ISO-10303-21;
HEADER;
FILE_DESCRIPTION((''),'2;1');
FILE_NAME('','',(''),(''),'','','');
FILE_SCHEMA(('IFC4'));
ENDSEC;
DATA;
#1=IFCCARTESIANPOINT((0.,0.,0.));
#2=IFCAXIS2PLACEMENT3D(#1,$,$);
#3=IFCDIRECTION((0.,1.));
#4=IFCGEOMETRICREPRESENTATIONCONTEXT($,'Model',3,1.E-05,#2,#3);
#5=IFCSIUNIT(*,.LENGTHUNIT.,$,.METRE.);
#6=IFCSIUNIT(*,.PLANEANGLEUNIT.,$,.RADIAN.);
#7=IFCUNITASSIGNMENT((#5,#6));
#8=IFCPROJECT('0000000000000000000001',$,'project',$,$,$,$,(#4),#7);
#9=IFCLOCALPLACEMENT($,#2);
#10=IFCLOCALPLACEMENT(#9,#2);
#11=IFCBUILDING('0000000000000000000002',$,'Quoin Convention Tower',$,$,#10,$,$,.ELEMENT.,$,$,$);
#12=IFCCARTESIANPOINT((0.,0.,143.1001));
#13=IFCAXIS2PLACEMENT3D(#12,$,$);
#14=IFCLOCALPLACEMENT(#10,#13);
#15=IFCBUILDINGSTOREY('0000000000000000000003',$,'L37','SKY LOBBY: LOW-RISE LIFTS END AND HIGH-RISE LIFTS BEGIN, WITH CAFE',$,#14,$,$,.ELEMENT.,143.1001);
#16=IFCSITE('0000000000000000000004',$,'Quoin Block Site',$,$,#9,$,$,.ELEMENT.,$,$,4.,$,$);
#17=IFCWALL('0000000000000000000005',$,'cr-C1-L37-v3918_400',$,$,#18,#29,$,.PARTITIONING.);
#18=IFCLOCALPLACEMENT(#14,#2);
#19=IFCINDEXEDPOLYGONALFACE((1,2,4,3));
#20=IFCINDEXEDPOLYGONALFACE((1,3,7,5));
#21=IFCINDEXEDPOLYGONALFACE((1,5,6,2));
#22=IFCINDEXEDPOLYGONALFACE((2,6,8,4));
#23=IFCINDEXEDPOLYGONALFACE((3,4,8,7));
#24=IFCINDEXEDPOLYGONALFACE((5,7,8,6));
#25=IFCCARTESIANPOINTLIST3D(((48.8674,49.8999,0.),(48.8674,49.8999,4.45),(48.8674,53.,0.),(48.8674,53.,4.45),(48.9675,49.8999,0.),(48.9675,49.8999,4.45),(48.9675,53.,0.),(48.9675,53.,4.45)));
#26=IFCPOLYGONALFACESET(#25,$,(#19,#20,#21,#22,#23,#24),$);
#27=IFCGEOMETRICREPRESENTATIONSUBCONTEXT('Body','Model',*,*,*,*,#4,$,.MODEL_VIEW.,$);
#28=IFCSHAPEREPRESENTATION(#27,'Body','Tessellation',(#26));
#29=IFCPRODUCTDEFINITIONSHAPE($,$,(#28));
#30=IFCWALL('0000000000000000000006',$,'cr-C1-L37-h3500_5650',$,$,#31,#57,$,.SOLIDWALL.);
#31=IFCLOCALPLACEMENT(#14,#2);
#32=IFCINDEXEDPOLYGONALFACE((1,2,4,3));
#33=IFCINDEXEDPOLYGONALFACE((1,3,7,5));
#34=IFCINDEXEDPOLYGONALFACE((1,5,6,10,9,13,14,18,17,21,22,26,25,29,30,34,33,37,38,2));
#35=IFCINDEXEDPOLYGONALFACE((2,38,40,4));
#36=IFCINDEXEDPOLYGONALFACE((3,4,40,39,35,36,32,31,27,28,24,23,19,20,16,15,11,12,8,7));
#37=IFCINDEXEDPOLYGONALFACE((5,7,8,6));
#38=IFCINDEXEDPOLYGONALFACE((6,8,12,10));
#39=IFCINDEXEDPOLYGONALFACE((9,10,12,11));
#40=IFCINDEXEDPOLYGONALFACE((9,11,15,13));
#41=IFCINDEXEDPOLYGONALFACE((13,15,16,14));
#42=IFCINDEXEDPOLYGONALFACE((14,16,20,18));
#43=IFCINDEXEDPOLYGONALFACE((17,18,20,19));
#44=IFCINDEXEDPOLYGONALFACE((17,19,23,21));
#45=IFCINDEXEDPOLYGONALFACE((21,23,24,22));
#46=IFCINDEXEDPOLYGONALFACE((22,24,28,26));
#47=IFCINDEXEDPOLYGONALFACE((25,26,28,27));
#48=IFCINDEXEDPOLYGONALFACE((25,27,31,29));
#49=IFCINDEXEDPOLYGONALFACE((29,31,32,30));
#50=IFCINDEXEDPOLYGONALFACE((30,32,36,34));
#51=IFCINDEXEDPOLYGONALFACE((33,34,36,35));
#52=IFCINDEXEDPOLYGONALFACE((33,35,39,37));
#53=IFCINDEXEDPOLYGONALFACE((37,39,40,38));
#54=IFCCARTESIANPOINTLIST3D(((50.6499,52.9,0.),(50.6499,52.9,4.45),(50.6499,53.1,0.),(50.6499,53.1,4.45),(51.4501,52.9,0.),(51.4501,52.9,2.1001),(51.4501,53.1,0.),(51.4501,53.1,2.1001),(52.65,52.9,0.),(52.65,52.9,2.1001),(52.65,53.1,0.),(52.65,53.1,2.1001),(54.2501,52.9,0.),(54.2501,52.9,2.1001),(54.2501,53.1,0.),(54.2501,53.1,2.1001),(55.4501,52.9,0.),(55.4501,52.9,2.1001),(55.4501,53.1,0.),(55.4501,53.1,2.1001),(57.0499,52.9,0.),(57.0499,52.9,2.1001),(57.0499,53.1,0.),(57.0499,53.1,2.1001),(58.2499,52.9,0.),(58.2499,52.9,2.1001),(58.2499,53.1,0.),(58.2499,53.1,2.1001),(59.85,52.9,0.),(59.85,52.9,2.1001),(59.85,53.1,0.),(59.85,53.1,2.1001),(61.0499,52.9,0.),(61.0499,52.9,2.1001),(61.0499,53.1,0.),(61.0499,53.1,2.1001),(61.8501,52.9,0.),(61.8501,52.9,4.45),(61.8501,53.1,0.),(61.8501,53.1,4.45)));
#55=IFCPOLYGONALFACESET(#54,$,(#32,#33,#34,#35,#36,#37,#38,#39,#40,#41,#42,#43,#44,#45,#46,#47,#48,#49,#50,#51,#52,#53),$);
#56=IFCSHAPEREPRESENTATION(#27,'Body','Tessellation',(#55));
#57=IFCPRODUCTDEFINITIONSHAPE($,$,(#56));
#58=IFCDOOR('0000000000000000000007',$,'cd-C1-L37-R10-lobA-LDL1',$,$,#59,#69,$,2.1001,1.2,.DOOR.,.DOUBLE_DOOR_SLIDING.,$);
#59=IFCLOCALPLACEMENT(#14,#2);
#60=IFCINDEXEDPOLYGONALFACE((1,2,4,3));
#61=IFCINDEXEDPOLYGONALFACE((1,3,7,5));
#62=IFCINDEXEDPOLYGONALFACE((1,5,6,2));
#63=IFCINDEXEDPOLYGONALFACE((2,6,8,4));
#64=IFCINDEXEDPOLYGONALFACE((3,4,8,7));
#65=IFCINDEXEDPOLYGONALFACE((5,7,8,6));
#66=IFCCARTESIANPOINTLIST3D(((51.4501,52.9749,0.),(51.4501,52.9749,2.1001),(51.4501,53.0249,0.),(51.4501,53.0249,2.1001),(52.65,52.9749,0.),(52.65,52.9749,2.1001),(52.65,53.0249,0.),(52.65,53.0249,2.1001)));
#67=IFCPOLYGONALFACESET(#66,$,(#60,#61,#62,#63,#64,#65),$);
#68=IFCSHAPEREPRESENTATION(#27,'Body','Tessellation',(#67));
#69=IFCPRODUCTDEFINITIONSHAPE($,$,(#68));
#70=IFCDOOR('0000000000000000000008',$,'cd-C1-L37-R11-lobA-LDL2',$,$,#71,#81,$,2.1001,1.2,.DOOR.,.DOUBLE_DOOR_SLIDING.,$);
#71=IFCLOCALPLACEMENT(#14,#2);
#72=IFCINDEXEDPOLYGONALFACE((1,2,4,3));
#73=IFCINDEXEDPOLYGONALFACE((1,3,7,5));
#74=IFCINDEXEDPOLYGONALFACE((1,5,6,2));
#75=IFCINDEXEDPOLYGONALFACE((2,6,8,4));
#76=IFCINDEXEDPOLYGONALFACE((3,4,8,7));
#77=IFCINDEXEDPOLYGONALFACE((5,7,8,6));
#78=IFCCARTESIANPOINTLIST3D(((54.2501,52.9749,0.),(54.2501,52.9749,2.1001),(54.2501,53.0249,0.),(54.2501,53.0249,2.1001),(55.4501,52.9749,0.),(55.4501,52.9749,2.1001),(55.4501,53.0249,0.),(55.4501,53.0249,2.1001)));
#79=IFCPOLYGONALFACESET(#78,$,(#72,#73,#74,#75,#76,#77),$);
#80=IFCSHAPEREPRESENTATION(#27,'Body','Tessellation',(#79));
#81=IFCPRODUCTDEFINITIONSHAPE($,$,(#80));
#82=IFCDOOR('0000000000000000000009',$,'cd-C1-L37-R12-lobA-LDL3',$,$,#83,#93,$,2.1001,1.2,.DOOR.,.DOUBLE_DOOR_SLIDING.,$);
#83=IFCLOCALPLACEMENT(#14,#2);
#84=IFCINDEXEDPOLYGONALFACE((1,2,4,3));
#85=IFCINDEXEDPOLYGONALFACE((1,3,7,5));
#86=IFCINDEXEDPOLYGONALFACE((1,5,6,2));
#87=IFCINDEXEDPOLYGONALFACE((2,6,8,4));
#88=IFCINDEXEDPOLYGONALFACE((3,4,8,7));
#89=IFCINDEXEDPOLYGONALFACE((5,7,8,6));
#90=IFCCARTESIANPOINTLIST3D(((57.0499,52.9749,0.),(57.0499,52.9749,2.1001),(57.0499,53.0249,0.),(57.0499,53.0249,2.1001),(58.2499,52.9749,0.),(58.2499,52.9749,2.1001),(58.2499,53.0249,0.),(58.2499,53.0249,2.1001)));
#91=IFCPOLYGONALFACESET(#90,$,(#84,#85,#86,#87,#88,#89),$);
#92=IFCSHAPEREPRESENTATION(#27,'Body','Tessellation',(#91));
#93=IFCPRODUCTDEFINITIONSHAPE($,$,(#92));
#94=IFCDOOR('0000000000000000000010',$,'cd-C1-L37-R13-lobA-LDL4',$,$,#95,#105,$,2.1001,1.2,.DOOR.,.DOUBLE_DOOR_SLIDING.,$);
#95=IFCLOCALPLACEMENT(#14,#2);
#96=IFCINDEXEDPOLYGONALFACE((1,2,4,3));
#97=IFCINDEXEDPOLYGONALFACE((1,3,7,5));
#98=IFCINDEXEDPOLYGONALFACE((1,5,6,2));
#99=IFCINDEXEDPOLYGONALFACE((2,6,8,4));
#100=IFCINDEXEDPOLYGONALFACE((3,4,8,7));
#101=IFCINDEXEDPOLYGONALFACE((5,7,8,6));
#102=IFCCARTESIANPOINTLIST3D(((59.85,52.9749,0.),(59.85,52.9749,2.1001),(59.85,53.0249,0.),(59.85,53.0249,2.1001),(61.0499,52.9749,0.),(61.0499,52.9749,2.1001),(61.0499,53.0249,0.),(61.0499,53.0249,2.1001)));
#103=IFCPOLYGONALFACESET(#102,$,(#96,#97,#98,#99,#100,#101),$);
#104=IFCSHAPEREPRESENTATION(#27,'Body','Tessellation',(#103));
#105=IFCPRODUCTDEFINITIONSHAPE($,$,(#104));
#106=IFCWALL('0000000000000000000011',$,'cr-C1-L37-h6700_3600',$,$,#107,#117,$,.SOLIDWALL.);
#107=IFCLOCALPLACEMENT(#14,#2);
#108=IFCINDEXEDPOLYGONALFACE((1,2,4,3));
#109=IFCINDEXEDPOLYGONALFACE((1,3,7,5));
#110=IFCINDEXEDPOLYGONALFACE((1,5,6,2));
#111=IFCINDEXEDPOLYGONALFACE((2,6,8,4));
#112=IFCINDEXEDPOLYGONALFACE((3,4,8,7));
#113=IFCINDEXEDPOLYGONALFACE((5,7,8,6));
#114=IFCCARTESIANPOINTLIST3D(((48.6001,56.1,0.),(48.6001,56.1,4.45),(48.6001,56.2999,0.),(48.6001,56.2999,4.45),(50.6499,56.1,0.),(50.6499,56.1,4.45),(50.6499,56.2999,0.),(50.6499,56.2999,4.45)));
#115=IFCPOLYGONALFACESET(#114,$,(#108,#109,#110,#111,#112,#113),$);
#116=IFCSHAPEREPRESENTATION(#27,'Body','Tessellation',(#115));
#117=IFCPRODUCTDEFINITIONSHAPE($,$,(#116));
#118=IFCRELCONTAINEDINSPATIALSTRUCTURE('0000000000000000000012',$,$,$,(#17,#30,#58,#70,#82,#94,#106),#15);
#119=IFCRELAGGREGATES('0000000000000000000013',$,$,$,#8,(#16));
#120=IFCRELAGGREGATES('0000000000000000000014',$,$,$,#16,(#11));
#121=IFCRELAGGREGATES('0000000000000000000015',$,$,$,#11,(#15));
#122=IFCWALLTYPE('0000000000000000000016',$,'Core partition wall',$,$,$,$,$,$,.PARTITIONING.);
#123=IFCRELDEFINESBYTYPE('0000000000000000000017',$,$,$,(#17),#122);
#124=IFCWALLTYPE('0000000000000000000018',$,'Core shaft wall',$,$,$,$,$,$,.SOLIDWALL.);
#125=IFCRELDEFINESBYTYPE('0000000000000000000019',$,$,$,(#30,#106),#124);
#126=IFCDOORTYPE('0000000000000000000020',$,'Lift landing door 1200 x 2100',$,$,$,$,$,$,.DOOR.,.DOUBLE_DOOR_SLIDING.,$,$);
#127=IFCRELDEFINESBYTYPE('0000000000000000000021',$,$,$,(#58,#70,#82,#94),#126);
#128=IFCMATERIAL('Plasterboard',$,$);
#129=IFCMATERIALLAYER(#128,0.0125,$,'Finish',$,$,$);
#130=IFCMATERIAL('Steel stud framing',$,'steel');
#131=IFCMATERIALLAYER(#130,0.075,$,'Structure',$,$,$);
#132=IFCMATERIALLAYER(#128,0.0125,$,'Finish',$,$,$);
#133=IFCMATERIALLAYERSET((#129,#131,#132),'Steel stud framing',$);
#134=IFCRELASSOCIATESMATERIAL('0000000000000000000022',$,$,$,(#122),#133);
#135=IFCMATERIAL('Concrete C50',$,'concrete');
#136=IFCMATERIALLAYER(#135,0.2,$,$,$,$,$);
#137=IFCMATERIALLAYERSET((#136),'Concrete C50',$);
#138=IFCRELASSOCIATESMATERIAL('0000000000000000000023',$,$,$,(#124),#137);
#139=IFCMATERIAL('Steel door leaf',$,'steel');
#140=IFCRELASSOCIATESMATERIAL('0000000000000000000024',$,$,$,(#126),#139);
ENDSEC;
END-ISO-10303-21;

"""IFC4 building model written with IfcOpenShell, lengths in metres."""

from ifc_helpers import new_model, si_unit, direction, frame, frame_2d, origin, place, context, subcontext, project, spatial, rectangle, extrude, material, layer, layer_set, type_object, element, fill, save


model = new_model("IFC4")

# Units and contexts
model_context = context("Model", 3, precision=1e-05, world=origin(), true_north=direction((0.0, 1.0)))
body_context = subcontext(model_context, "Body", "Model", "MODEL_VIEW")
ifc_project = project(units=[si_unit("LENGTHUNIT", "METRE"), si_unit("PLANEANGLEUNIT", "RADIAN")], contexts=[model_context])

# Site, building, storey
site_placement = place(None, origin())
site = spatial("IfcSite", under=ifc_project, at=site_placement, Name="Quoin Block Site", CompositionType="ELEMENT", RefElevation=4.0)
building_placement = place(site_placement, origin())
building = spatial("IfcBuilding", under=site, at=building_placement, Name="Quoin Convention Tower", CompositionType="ELEMENT")
storey_placement = place(building_placement, frame((0.0, 0.0, 143.1001)))
storey = spatial("IfcBuildingStorey", under=building, at=storey_placement, Name="L37", Description="SKY LOBBY: LOW-RISE LIFTS END AND HIGH-RISE LIFTS BEGIN, WITH CAFE", CompositionType="ELEMENT", Elevation=143.1001)

# Wall
ifc_material_1 = material(Name="Plasterboard")
ifc_layer_1 = layer(ifc_material_1, 0.0125, Name="Finish")
ifc_material_2 = material(Name="Steel stud framing", Category="steel")
ifc_layer_2 = layer(ifc_material_2, 0.075, Name="Structure")
ifc_layer_3 = layer(ifc_material_1, 0.0125, Name="Finish")
ifc_layer_set_1 = layer_set([ifc_layer_1, ifc_layer_2, ifc_layer_3], Name="Steel stud framing")
wall_type_1 = type_object("IfcWallType", Name="Core partition wall", PredefinedType="PARTITIONING", material=ifc_layer_set_1)
wall_1_placement = place(storey_placement, frame((48.9175, 49.8999, 0.0), z_axis=(0.0, 0.0, 1.0), x_axis=(0.0, 1.0, 0.0)))
element("IfcWall", 1, at=wall_1_placement, inside=storey, type_object=wall_type_1, Name="cr-C1-L37-v3918_400", PredefinedType="PARTITIONING", context=body_context, shape_type="SweptSolid", body=[
    extrude(rectangle(XDim=3.1001, YDim=0.1001, at=frame_2d((1.55, 0.0))), origin(), (0.0, 0.0, 1.0), 4.45),
])

# Wall, openings, doors
ifc_material_3 = material(Name="Concrete C50", Category="concrete")
ifc_layer_4 = layer(ifc_material_3, 0.2)
ifc_layer_set_2 = layer_set([ifc_layer_4], Name="Concrete C50")
wall_type_2 = type_object("IfcWallType", Name="Core shaft wall", PredefinedType="SOLIDWALL", material=ifc_layer_set_2)
wall_2_placement = place(storey_placement, frame((50.6499, 53.0, 0.0), z_axis=(0.0, 0.0, 1.0), x_axis=(1.0, 0.0, 0.0)))
wall_2 = element("IfcWall", 2, at=wall_2_placement, inside=storey, type_object=wall_type_2, Name="cr-C1-L37-h3500_5650", PredefinedType="SOLIDWALL", context=body_context, shape_type="SweptSolid", body=[
    extrude(rectangle(XDim=11.2002, YDim=0.2, at=frame_2d((5.6001, 0.0))), origin(), (0.0, 0.0, 1.0), 4.45),
])
opening_1_placement = place(wall_2_placement, frame((0.8, 0.0, 0.0)))
opening_1 = element("IfcOpeningElement", 3, at=opening_1_placement, cuts=wall_2, PredefinedType="OPENING", context=body_context, shape_type="SweptSolid", body=[
    extrude(rectangle(XDim=1.2, YDim=2.1001, at=frame_2d((0.6001, 1.05))), frame((0.0, 0.1099, 0.0), z_axis=(0.0, -1.0, 0.0), x_axis=(1.0, 0.0, 0.0)), (0.0, 0.0, 1.0), 0.22),
])
opening_2_placement = place(wall_2_placement, frame((3.6001, 0.0, 0.0)))
opening_2 = element("IfcOpeningElement", 4, at=opening_2_placement, cuts=wall_2, PredefinedType="OPENING", context=body_context, shape_type="SweptSolid", body=[
    extrude(rectangle(XDim=1.2, YDim=2.1001, at=frame_2d((0.6001, 1.05))), frame((0.0, 0.1099, 0.0), z_axis=(0.0, -1.0, 0.0), x_axis=(1.0, 0.0, 0.0)), (0.0, 0.0, 1.0), 0.22),
])
opening_3_placement = place(wall_2_placement, frame((6.3999, 0.0, 0.0)))
opening_3 = element("IfcOpeningElement", 5, at=opening_3_placement, cuts=wall_2, PredefinedType="OPENING", context=body_context, shape_type="SweptSolid", body=[
    extrude(rectangle(XDim=1.2, YDim=2.1001, at=frame_2d((0.6001, 1.05))), frame((0.0, 0.1099, 0.0), z_axis=(0.0, -1.0, 0.0), x_axis=(1.0, 0.0, 0.0)), (0.0, 0.0, 1.0), 0.22),
])
opening_4_placement = place(wall_2_placement, frame((9.2, 0.0, 0.0)))
opening_4 = element("IfcOpeningElement", 6, at=opening_4_placement, cuts=wall_2, PredefinedType="OPENING", context=body_context, shape_type="SweptSolid", body=[
    extrude(rectangle(XDim=1.2, YDim=2.1001, at=frame_2d((0.6001, 1.05))), frame((0.0, 0.1099, 0.0), z_axis=(0.0, -1.0, 0.0), x_axis=(1.0, 0.0, 0.0)), (0.0, 0.0, 1.0), 0.22),
])
ifc_material_4 = material(Name="Steel door leaf", Category="steel")
door_type_1 = type_object("IfcDoorType", Name="Lift landing door 1200 x 2100", OperationType="DOUBLE_DOOR_SLIDING", PredefinedType="DOOR", material=ifc_material_4)
door_1_placement = place(opening_1_placement, origin())
door_1 = element("IfcDoor", 7, at=door_1_placement, inside=storey, type_object=door_type_1, Name="cd-C1-L37-R10-lobA-LDL1", OperationType="DOUBLE_DOOR_SLIDING", OverallHeight=2.1001, OverallWidth=1.2, PredefinedType="DOOR", context=body_context, shape_type="SweptSolid", body=[
    extrude(rectangle(XDim=1.2, YDim=2.1001, at=frame_2d((0.6001, 1.05))), frame((0.0, 0.0249, 0.0), z_axis=(0.0, -1.0, 0.0), x_axis=(1.0, 0.0, 0.0)), (0.0, 0.0, 1.0), 0.05),
])
fill(opening_1, door_1)
door_2_placement = place(opening_2_placement, origin())
door_2 = element("IfcDoor", 8, at=door_2_placement, inside=storey, type_object=door_type_1, Name="cd-C1-L37-R11-lobA-LDL2", OperationType="DOUBLE_DOOR_SLIDING", OverallHeight=2.1001, OverallWidth=1.2, PredefinedType="DOOR", context=body_context, shape_type="SweptSolid", body=[
    extrude(rectangle(XDim=1.2, YDim=2.1001, at=frame_2d((0.6001, 1.05))), frame((0.0, 0.0249, 0.0), z_axis=(0.0, -1.0, 0.0), x_axis=(1.0, 0.0, 0.0)), (0.0, 0.0, 1.0), 0.05),
])
fill(opening_2, door_2)
door_3_placement = place(opening_3_placement, origin())
door_3 = element("IfcDoor", 9, at=door_3_placement, inside=storey, type_object=door_type_1, Name="cd-C1-L37-R12-lobA-LDL3", OperationType="DOUBLE_DOOR_SLIDING", OverallHeight=2.1001, OverallWidth=1.2, PredefinedType="DOOR", context=body_context, shape_type="SweptSolid", body=[
    extrude(rectangle(XDim=1.2, YDim=2.1001, at=frame_2d((0.6001, 1.05))), frame((0.0, 0.0249, 0.0), z_axis=(0.0, -1.0, 0.0), x_axis=(1.0, 0.0, 0.0)), (0.0, 0.0, 1.0), 0.05),
])
fill(opening_3, door_3)
door_4_placement = place(opening_4_placement, origin())
door_4 = element("IfcDoor", 10, at=door_4_placement, inside=storey, type_object=door_type_1, Name="cd-C1-L37-R13-lobA-LDL4", OperationType="DOUBLE_DOOR_SLIDING", OverallHeight=2.1001, OverallWidth=1.2, PredefinedType="DOOR", context=body_context, shape_type="SweptSolid", body=[
    extrude(rectangle(XDim=1.2, YDim=2.1001, at=frame_2d((0.6001, 1.05))), frame((0.0, 0.0249, 0.0), z_axis=(0.0, -1.0, 0.0), x_axis=(1.0, 0.0, 0.0)), (0.0, 0.0, 1.0), 0.05),
])
fill(opening_4, door_4)

# Wall
wall_3_placement = place(storey_placement, frame((48.6001, 56.2, 0.0), z_axis=(0.0, 0.0, 1.0), x_axis=(1.0, 0.0, 0.0)))
element("IfcWall", 11, at=wall_3_placement, inside=storey, type_object=wall_type_2, Name="cr-C1-L37-h6700_3600", PredefinedType="SOLIDWALL", context=body_context, shape_type="SweptSolid", body=[
    extrude(rectangle(XDim=2.0498, YDim=0.2, at=frame_2d((1.0249, 0.0))), origin(), (0.0, 0.0, 1.0), 4.45),
])

save(model, "model.ifc")
